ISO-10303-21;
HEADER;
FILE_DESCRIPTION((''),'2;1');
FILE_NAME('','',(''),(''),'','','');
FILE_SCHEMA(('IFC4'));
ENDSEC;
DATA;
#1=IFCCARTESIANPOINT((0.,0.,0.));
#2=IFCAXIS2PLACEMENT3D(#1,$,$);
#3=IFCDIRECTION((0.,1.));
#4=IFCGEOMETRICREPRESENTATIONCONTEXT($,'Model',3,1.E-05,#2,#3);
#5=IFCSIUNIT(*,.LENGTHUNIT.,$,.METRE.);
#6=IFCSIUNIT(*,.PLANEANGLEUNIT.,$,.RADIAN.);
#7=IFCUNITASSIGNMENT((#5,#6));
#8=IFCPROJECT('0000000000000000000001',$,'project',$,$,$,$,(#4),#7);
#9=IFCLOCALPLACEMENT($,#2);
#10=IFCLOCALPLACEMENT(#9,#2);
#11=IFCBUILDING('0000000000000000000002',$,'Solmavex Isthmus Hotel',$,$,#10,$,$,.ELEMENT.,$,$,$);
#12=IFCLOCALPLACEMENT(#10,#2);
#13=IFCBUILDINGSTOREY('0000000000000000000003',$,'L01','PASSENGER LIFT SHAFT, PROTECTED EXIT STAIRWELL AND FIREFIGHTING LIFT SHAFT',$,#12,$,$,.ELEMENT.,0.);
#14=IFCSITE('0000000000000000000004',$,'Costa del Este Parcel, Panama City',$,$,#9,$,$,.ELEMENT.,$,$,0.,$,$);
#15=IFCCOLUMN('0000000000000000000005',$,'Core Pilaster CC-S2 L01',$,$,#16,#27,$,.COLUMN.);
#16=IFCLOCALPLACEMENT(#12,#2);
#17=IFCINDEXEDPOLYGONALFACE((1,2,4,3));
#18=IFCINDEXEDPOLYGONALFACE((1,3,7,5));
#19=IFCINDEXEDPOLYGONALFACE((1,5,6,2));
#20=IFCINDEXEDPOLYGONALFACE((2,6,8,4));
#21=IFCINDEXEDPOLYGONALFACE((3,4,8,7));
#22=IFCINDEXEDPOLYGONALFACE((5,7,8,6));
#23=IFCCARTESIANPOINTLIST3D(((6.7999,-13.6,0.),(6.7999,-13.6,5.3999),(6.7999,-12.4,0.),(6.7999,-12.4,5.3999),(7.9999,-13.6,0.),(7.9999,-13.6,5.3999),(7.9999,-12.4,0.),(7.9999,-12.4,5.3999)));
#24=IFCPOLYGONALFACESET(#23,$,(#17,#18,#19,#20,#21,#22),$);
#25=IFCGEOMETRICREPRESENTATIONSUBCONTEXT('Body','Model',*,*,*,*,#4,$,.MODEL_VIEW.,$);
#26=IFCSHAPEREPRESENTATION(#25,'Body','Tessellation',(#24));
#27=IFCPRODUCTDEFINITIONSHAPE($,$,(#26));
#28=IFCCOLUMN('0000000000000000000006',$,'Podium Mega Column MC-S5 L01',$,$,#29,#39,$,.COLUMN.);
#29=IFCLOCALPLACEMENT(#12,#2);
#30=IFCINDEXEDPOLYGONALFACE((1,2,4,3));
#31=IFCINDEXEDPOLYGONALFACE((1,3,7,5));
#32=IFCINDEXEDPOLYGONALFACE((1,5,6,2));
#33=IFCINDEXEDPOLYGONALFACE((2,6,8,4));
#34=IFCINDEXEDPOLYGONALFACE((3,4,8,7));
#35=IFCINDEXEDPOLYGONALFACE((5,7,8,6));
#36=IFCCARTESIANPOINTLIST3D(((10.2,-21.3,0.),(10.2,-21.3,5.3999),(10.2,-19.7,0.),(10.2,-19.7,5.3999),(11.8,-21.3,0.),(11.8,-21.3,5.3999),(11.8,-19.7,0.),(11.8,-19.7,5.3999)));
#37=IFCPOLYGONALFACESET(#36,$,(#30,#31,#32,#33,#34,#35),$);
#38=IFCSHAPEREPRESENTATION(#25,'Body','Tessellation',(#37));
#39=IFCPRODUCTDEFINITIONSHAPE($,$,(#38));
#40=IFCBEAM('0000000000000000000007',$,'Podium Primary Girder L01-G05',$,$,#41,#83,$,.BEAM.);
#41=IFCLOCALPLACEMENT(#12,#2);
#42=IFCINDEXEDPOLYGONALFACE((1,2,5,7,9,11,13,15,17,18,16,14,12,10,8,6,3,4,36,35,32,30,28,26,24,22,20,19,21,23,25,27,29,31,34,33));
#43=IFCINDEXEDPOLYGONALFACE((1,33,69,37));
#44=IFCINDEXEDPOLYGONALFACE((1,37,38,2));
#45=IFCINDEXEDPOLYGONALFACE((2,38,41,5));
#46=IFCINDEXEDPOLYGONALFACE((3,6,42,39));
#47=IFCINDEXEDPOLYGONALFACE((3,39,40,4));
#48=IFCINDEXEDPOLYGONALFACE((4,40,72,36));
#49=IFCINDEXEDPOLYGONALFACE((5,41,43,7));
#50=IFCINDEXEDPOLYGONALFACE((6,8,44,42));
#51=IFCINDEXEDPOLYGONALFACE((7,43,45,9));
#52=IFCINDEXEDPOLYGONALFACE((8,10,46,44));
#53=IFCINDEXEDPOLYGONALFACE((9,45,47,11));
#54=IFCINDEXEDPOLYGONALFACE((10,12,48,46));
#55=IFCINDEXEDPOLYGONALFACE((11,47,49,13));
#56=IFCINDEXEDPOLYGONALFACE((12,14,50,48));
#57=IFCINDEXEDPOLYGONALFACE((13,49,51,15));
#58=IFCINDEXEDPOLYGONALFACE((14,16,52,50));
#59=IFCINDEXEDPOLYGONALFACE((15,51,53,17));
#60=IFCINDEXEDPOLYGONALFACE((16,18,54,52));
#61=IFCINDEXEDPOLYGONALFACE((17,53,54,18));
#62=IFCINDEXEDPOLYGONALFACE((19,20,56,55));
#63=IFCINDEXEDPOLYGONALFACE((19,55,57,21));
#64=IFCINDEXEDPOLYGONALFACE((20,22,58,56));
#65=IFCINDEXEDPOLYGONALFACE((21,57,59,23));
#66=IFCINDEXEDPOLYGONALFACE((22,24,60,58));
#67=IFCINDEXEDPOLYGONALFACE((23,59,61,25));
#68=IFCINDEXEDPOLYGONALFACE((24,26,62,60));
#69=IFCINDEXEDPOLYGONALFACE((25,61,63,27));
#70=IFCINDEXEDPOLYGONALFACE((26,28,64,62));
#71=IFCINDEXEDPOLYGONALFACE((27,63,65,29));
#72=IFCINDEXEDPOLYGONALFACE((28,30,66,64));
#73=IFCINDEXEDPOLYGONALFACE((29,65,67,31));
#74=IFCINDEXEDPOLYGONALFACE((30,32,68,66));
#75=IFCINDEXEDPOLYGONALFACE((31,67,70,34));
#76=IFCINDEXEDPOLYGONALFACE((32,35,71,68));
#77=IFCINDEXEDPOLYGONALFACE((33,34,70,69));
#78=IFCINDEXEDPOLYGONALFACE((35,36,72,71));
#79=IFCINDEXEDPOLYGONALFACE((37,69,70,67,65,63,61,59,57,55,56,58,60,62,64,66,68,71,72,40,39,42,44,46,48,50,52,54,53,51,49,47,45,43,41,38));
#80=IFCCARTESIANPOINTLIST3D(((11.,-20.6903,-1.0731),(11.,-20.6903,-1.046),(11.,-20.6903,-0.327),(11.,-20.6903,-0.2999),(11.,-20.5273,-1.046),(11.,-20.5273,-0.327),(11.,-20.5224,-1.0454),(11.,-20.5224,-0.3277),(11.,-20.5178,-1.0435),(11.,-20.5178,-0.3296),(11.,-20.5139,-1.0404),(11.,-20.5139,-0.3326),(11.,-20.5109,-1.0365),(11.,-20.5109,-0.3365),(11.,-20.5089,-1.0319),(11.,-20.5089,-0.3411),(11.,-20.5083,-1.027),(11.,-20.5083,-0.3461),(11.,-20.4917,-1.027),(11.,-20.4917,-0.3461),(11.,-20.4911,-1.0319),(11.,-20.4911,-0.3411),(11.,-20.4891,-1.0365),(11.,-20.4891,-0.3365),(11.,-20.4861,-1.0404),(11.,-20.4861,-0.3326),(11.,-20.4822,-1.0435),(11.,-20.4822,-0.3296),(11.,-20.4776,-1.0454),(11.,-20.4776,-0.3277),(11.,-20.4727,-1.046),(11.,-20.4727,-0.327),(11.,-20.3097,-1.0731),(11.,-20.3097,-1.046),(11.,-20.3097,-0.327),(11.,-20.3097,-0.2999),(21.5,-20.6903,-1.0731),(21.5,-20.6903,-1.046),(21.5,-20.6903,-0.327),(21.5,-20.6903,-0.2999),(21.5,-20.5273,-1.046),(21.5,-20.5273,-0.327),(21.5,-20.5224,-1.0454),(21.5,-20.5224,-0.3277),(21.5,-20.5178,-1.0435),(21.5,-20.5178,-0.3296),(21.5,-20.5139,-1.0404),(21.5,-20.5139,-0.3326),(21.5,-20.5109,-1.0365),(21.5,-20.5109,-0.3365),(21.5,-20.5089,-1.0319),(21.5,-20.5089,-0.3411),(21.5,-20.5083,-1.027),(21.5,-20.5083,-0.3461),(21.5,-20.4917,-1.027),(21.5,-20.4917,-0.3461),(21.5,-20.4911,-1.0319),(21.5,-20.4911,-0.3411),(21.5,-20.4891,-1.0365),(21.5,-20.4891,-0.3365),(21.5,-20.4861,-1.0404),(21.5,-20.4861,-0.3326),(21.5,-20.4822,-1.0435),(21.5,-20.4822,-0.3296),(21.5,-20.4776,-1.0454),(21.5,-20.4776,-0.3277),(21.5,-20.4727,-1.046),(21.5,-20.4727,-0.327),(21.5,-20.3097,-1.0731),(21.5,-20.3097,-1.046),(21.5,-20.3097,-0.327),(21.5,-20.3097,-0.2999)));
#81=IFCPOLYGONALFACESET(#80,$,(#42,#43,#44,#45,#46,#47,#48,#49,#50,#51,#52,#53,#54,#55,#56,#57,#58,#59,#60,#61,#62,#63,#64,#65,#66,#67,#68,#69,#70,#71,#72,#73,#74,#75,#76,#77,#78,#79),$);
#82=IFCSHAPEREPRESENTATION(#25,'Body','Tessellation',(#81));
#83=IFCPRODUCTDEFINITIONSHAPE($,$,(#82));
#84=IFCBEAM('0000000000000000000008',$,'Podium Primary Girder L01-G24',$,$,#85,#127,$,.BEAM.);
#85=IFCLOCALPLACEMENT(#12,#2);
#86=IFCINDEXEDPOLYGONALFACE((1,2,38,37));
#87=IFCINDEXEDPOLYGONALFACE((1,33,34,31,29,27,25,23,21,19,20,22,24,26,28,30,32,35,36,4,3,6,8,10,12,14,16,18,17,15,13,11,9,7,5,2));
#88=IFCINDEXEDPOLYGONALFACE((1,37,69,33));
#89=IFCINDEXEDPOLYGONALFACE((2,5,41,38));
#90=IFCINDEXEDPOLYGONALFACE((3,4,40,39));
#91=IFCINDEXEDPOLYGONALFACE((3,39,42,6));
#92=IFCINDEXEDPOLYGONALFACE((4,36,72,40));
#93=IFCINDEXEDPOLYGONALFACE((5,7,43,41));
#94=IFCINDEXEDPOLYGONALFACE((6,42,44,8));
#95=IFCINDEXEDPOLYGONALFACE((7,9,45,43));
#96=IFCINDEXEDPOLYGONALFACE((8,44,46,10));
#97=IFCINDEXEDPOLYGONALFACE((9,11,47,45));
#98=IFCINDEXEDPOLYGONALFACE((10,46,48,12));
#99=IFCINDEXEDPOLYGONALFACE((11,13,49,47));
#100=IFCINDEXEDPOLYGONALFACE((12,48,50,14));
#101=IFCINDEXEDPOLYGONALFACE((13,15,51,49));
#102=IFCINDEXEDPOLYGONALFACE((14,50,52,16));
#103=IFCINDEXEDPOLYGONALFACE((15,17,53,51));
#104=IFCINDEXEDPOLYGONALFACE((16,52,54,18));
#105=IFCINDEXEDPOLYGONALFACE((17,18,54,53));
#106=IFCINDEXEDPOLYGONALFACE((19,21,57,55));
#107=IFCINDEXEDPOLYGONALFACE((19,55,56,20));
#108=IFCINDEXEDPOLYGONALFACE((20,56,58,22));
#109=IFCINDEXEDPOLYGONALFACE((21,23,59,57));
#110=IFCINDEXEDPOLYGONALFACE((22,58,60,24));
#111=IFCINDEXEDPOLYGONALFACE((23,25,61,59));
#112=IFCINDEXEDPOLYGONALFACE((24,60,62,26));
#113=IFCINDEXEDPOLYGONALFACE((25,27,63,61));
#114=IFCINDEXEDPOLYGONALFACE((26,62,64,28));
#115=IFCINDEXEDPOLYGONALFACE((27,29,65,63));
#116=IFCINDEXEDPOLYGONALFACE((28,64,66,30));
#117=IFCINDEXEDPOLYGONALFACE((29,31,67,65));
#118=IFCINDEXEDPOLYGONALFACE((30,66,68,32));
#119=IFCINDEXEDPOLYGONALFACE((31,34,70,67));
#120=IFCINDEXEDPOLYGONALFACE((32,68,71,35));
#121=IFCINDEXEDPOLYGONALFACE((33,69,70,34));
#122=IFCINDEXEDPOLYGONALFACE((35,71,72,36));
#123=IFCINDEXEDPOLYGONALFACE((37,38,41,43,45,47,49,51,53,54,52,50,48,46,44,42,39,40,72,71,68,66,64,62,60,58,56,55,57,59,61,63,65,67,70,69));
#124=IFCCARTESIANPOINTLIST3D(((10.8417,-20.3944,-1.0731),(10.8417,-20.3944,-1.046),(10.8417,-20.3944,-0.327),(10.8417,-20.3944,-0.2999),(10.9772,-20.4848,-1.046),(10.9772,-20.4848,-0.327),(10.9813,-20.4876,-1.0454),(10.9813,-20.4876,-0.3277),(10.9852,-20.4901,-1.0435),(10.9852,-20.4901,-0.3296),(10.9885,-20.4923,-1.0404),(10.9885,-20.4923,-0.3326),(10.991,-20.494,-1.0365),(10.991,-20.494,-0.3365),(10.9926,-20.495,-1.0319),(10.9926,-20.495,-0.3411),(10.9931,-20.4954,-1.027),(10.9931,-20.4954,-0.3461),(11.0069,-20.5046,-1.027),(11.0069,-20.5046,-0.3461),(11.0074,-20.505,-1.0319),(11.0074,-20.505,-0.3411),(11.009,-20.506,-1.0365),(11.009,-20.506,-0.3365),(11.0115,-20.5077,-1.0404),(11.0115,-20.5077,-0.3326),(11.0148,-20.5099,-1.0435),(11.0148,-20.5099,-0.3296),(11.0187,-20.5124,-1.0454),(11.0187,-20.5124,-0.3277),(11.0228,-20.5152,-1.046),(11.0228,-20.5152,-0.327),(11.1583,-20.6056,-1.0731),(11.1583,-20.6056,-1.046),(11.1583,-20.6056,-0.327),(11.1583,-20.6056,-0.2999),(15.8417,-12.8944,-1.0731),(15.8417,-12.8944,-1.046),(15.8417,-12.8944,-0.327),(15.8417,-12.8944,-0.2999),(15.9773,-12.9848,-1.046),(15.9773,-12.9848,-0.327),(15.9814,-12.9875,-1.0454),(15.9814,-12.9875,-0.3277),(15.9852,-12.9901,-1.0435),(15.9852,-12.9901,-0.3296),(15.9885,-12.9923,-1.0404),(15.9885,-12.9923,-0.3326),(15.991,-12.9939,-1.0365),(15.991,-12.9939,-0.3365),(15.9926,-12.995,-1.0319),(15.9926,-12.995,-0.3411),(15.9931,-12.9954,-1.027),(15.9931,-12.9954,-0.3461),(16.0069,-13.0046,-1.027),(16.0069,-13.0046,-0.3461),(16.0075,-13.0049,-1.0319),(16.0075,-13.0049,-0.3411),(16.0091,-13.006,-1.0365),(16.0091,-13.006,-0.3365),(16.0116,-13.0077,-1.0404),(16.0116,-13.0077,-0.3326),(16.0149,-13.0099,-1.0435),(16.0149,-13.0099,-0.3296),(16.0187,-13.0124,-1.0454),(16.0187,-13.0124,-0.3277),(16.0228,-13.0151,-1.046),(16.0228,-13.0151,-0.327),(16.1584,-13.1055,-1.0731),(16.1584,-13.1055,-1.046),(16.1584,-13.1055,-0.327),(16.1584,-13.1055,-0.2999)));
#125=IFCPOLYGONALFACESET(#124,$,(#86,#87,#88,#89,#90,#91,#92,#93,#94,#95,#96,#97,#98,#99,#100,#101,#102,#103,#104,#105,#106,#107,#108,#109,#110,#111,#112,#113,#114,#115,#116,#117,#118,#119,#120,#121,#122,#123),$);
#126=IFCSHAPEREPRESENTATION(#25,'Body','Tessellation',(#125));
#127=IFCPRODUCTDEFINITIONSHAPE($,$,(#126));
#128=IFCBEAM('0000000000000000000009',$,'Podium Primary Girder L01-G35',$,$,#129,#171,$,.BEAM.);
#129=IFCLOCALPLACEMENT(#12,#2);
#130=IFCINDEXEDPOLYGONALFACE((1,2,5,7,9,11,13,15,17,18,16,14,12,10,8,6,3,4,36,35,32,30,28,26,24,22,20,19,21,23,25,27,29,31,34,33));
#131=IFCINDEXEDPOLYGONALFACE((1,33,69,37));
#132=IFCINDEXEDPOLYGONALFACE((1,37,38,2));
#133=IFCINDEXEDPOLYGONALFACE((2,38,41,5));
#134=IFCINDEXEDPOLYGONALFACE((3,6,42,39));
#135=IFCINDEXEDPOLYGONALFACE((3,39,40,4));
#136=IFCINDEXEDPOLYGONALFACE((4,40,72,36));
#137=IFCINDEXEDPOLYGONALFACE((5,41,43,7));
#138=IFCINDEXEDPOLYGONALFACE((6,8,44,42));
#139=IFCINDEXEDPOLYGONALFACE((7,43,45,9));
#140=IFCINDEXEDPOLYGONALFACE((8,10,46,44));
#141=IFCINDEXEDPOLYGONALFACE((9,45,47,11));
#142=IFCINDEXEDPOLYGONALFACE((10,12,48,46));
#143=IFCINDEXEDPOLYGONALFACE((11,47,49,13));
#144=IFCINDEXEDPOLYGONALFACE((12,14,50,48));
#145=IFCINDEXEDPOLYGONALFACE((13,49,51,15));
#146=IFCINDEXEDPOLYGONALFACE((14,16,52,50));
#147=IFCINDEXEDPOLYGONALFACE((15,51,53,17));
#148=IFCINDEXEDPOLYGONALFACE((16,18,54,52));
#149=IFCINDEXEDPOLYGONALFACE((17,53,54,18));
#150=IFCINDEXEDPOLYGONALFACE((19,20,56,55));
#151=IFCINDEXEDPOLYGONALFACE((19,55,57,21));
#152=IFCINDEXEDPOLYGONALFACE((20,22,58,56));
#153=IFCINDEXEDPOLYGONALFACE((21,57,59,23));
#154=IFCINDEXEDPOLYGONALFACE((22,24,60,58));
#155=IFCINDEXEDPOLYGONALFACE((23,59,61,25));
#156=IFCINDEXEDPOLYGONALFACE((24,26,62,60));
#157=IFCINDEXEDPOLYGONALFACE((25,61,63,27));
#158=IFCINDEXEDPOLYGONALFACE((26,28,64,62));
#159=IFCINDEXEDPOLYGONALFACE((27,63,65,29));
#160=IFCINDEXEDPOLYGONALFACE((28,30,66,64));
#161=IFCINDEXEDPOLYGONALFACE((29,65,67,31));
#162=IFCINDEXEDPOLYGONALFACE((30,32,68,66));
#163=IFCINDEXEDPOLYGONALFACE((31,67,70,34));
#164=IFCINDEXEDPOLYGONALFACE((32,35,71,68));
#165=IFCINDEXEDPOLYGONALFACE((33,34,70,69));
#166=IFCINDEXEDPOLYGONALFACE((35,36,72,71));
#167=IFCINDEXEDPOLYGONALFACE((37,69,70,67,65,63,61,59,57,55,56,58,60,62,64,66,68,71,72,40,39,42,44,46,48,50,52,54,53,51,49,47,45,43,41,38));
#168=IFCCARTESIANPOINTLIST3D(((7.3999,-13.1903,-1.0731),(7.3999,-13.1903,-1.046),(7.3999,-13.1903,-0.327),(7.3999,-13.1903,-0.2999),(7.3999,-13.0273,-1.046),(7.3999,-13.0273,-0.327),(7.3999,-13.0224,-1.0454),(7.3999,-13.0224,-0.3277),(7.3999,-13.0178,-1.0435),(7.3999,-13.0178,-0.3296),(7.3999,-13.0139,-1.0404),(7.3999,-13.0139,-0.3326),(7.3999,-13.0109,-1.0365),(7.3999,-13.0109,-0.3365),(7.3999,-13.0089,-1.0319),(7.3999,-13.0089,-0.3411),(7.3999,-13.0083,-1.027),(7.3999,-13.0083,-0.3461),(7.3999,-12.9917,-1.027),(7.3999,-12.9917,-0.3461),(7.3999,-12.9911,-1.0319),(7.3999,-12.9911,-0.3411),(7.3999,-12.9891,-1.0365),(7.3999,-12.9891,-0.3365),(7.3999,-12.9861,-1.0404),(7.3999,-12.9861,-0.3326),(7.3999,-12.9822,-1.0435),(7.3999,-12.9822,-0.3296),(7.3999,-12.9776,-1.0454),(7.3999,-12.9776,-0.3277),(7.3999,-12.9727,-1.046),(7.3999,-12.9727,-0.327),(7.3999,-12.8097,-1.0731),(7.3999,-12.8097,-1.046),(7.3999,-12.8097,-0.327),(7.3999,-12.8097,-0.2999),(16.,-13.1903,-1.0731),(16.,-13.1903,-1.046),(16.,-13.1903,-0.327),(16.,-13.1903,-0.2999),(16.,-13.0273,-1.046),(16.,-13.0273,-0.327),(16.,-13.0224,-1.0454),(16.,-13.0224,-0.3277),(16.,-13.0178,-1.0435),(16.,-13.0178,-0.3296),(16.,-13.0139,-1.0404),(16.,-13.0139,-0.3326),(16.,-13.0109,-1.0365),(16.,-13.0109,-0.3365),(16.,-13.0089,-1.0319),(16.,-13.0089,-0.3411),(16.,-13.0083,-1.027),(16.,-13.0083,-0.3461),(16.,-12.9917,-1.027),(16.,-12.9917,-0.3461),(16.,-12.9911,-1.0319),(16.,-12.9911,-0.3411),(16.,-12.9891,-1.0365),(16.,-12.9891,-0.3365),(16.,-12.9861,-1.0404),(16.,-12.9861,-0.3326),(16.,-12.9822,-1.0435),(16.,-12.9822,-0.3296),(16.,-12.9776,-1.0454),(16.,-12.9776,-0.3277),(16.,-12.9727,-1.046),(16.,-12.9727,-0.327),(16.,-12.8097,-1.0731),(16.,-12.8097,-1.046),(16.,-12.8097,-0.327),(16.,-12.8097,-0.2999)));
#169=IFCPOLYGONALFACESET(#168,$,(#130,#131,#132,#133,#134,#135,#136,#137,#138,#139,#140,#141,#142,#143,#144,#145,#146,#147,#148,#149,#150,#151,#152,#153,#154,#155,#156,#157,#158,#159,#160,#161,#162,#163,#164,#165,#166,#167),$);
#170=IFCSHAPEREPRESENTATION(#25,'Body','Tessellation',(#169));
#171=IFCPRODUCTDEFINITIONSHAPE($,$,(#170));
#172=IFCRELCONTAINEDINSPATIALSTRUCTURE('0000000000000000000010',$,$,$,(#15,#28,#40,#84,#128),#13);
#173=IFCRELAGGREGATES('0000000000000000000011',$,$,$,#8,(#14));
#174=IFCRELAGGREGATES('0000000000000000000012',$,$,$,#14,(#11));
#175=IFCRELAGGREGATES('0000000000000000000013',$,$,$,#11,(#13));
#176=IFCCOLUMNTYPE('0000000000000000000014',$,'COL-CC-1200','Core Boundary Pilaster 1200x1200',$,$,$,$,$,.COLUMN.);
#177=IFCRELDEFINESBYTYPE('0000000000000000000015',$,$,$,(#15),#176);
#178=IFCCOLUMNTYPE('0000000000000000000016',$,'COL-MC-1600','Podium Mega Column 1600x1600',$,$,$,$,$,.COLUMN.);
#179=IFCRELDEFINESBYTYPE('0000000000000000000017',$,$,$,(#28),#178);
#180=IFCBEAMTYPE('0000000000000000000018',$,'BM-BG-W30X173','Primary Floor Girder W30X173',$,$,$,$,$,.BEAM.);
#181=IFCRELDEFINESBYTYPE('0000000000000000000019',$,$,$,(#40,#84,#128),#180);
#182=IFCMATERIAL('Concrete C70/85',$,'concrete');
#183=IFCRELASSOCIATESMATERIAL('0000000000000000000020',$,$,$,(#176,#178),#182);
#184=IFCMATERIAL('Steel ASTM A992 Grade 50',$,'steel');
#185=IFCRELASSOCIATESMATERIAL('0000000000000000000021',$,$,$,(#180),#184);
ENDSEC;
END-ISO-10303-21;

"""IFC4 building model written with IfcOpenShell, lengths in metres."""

from ifc_helpers import new_model, si_unit, direction, frame, origin, origin_2d, place, context, subcontext, project, spatial, rectangle, i_section, extrude, material, material_profile, profile_set, type_object, element, save


model = new_model("IFC4")

# Units and contexts
model_context = context("Model", 3, precision=1e-05, world=origin(), true_north=direction((0.0, 1.0)))
body_context = subcontext(model_context, "Body", "Model", "MODEL_VIEW")
ifc_project = project(units=[si_unit("LENGTHUNIT", "METRE"), si_unit("PLANEANGLEUNIT", "RADIAN")], contexts=[model_context])

# Site, building, storey
site_placement = place(None, origin())
site = spatial("IfcSite", under=ifc_project, at=site_placement, Name="Costa del Este Parcel, Panama City", CompositionType="ELEMENT", RefElevation=0.0)
building_placement = place(site_placement, origin())
building = spatial("IfcBuilding", under=site, at=building_placement, Name="Solmavex Isthmus Hotel", CompositionType="ELEMENT")
storey_placement = place(building_placement, origin())
storey = spatial("IfcBuildingStorey", under=building, at=storey_placement, Name="L01", Description="PASSENGER LIFT SHAFT, PROTECTED EXIT STAIRWELL AND FIREFIGHTING LIFT SHAFT", CompositionType="ELEMENT", Elevation=0.0)

# Columns
ifc_material_1 = material(Name="Concrete C70/85", Category="concrete")
ifc_material_profile_1 = material_profile(ifc_material_1, rectangle(XDim=1.2, YDim=1.2, at=origin_2d()), Name="RC1200X1200")
ifc_profile_set_1 = profile_set([ifc_material_profile_1], Name="Concrete C70/85")
column_type_1 = type_object("IfcColumnType", Name="COL-CC-1200", Description="Core Boundary Pilaster 1200x1200", PredefinedType="COLUMN", material=ifc_profile_set_1)
column_1_placement = place(storey_placement, frame((7.3999, -13.0, 0.0), z_axis=(0.0, 0.0, 1.0), x_axis=(1.0, 0.0, 0.0)))
element("IfcColumn", 1, at=column_1_placement, inside=storey, type_object=column_type_1, Name="Core Pilaster CC-S2 L01", PredefinedType="COLUMN", context=body_context, shape_type="SweptSolid", body=[
    extrude(rectangle(XDim=1.2, YDim=1.2, at=origin_2d()), origin(), (0.0, 0.0, 1.0), 5.3999),
])
ifc_material_profile_2 = material_profile(ifc_material_1, rectangle(XDim=1.6001, YDim=1.6001, at=origin_2d()), Name="RC1600X1600")
ifc_profile_set_2 = profile_set([ifc_material_profile_2], Name="Concrete C70/85")
column_type_2 = type_object("IfcColumnType", Name="COL-MC-1600", Description="Podium Mega Column 1600x1600", PredefinedType="COLUMN", material=ifc_profile_set_2)
column_2_placement = place(storey_placement, frame((11.0, -20.5, 0.0), z_axis=(0.0, 0.0, 1.0), x_axis=(1.0, 0.0, 0.0)))
element("IfcColumn", 2, at=column_2_placement, inside=storey, type_object=column_type_2, Name="Podium Mega Column MC-S5 L01", PredefinedType="COLUMN", context=body_context, shape_type="SweptSolid", body=[
    extrude(rectangle(XDim=1.6001, YDim=1.6001, at=origin_2d()), origin(), (0.0, 0.0, 1.0), 5.3999),
])

# Beams
ifc_material_2 = material(Name="Steel ASTM A992 Grade 50", Category="steel")
ifc_material_profile_3 = material_profile(ifc_material_2, i_section(OverallWidth=0.3806, OverallDepth=0.7732, WebThickness=0.0166, FlangeThickness=0.0271, FilletRadius=0.019, at=origin_2d()), Name="W30X173")
ifc_profile_set_3 = profile_set([ifc_material_profile_3], Name="Steel ASTM A992 Grade 50")
beam_type_1 = type_object("IfcBeamType", Name="BM-BG-W30X173", Description="Primary Floor Girder W30X173", PredefinedType="BEAM", material=ifc_profile_set_3)
beam_1_placement = place(storey_placement, frame((11.0, -20.5, -0.6865), z_axis=(1.0, 0.0, 0.0), x_axis=(0.0, 1.0, 0.0)))
element("IfcBeam", 3, at=beam_1_placement, inside=storey, type_object=beam_type_1, Name="Podium Primary Girder L01-G05", PredefinedType="BEAM", context=body_context, shape_type="SweptSolid", body=[
    extrude(i_section(OverallWidth=0.3806, OverallDepth=0.7732, WebThickness=0.0166, FlangeThickness=0.0271, FilletRadius=0.019, at=origin_2d()), origin(), (0.0, 0.0, 1.0), 10.5),
])
beam_2_placement = place(storey_placement, frame((11.0, -20.5, -0.6865), z_axis=(0.5547, 0.83205, 0.0), x_axis=(-0.83205, 0.5547, 0.0)))
element("IfcBeam", 4, at=beam_2_placement, inside=storey, type_object=beam_type_1, Name="Podium Primary Girder L01-G24", PredefinedType="BEAM", context=body_context, shape_type="SweptSolid", body=[
    extrude(i_section(OverallWidth=0.3806, OverallDepth=0.7732, WebThickness=0.0166, FlangeThickness=0.0271, FilletRadius=0.019, at=origin_2d()), origin(), (0.0, 0.0, 1.0), 9.0139),
])
beam_3_placement = place(storey_placement, frame((7.3999, -13.0, -0.6865), z_axis=(1.0, 0.0, 0.0), x_axis=(0.0, 1.0, 0.0)))
element("IfcBeam", 5, at=beam_3_placement, inside=storey, type_object=beam_type_1, Name="Podium Primary Girder L01-G35", PredefinedType="BEAM", context=body_context, shape_type="SweptSolid", body=[
    extrude(i_section(OverallWidth=0.3806, OverallDepth=0.7732, WebThickness=0.0166, FlangeThickness=0.0271, FilletRadius=0.019, at=origin_2d()), origin(), (0.0, 0.0, 1.0), 8.6001),
])

save(model, "model.ifc")
